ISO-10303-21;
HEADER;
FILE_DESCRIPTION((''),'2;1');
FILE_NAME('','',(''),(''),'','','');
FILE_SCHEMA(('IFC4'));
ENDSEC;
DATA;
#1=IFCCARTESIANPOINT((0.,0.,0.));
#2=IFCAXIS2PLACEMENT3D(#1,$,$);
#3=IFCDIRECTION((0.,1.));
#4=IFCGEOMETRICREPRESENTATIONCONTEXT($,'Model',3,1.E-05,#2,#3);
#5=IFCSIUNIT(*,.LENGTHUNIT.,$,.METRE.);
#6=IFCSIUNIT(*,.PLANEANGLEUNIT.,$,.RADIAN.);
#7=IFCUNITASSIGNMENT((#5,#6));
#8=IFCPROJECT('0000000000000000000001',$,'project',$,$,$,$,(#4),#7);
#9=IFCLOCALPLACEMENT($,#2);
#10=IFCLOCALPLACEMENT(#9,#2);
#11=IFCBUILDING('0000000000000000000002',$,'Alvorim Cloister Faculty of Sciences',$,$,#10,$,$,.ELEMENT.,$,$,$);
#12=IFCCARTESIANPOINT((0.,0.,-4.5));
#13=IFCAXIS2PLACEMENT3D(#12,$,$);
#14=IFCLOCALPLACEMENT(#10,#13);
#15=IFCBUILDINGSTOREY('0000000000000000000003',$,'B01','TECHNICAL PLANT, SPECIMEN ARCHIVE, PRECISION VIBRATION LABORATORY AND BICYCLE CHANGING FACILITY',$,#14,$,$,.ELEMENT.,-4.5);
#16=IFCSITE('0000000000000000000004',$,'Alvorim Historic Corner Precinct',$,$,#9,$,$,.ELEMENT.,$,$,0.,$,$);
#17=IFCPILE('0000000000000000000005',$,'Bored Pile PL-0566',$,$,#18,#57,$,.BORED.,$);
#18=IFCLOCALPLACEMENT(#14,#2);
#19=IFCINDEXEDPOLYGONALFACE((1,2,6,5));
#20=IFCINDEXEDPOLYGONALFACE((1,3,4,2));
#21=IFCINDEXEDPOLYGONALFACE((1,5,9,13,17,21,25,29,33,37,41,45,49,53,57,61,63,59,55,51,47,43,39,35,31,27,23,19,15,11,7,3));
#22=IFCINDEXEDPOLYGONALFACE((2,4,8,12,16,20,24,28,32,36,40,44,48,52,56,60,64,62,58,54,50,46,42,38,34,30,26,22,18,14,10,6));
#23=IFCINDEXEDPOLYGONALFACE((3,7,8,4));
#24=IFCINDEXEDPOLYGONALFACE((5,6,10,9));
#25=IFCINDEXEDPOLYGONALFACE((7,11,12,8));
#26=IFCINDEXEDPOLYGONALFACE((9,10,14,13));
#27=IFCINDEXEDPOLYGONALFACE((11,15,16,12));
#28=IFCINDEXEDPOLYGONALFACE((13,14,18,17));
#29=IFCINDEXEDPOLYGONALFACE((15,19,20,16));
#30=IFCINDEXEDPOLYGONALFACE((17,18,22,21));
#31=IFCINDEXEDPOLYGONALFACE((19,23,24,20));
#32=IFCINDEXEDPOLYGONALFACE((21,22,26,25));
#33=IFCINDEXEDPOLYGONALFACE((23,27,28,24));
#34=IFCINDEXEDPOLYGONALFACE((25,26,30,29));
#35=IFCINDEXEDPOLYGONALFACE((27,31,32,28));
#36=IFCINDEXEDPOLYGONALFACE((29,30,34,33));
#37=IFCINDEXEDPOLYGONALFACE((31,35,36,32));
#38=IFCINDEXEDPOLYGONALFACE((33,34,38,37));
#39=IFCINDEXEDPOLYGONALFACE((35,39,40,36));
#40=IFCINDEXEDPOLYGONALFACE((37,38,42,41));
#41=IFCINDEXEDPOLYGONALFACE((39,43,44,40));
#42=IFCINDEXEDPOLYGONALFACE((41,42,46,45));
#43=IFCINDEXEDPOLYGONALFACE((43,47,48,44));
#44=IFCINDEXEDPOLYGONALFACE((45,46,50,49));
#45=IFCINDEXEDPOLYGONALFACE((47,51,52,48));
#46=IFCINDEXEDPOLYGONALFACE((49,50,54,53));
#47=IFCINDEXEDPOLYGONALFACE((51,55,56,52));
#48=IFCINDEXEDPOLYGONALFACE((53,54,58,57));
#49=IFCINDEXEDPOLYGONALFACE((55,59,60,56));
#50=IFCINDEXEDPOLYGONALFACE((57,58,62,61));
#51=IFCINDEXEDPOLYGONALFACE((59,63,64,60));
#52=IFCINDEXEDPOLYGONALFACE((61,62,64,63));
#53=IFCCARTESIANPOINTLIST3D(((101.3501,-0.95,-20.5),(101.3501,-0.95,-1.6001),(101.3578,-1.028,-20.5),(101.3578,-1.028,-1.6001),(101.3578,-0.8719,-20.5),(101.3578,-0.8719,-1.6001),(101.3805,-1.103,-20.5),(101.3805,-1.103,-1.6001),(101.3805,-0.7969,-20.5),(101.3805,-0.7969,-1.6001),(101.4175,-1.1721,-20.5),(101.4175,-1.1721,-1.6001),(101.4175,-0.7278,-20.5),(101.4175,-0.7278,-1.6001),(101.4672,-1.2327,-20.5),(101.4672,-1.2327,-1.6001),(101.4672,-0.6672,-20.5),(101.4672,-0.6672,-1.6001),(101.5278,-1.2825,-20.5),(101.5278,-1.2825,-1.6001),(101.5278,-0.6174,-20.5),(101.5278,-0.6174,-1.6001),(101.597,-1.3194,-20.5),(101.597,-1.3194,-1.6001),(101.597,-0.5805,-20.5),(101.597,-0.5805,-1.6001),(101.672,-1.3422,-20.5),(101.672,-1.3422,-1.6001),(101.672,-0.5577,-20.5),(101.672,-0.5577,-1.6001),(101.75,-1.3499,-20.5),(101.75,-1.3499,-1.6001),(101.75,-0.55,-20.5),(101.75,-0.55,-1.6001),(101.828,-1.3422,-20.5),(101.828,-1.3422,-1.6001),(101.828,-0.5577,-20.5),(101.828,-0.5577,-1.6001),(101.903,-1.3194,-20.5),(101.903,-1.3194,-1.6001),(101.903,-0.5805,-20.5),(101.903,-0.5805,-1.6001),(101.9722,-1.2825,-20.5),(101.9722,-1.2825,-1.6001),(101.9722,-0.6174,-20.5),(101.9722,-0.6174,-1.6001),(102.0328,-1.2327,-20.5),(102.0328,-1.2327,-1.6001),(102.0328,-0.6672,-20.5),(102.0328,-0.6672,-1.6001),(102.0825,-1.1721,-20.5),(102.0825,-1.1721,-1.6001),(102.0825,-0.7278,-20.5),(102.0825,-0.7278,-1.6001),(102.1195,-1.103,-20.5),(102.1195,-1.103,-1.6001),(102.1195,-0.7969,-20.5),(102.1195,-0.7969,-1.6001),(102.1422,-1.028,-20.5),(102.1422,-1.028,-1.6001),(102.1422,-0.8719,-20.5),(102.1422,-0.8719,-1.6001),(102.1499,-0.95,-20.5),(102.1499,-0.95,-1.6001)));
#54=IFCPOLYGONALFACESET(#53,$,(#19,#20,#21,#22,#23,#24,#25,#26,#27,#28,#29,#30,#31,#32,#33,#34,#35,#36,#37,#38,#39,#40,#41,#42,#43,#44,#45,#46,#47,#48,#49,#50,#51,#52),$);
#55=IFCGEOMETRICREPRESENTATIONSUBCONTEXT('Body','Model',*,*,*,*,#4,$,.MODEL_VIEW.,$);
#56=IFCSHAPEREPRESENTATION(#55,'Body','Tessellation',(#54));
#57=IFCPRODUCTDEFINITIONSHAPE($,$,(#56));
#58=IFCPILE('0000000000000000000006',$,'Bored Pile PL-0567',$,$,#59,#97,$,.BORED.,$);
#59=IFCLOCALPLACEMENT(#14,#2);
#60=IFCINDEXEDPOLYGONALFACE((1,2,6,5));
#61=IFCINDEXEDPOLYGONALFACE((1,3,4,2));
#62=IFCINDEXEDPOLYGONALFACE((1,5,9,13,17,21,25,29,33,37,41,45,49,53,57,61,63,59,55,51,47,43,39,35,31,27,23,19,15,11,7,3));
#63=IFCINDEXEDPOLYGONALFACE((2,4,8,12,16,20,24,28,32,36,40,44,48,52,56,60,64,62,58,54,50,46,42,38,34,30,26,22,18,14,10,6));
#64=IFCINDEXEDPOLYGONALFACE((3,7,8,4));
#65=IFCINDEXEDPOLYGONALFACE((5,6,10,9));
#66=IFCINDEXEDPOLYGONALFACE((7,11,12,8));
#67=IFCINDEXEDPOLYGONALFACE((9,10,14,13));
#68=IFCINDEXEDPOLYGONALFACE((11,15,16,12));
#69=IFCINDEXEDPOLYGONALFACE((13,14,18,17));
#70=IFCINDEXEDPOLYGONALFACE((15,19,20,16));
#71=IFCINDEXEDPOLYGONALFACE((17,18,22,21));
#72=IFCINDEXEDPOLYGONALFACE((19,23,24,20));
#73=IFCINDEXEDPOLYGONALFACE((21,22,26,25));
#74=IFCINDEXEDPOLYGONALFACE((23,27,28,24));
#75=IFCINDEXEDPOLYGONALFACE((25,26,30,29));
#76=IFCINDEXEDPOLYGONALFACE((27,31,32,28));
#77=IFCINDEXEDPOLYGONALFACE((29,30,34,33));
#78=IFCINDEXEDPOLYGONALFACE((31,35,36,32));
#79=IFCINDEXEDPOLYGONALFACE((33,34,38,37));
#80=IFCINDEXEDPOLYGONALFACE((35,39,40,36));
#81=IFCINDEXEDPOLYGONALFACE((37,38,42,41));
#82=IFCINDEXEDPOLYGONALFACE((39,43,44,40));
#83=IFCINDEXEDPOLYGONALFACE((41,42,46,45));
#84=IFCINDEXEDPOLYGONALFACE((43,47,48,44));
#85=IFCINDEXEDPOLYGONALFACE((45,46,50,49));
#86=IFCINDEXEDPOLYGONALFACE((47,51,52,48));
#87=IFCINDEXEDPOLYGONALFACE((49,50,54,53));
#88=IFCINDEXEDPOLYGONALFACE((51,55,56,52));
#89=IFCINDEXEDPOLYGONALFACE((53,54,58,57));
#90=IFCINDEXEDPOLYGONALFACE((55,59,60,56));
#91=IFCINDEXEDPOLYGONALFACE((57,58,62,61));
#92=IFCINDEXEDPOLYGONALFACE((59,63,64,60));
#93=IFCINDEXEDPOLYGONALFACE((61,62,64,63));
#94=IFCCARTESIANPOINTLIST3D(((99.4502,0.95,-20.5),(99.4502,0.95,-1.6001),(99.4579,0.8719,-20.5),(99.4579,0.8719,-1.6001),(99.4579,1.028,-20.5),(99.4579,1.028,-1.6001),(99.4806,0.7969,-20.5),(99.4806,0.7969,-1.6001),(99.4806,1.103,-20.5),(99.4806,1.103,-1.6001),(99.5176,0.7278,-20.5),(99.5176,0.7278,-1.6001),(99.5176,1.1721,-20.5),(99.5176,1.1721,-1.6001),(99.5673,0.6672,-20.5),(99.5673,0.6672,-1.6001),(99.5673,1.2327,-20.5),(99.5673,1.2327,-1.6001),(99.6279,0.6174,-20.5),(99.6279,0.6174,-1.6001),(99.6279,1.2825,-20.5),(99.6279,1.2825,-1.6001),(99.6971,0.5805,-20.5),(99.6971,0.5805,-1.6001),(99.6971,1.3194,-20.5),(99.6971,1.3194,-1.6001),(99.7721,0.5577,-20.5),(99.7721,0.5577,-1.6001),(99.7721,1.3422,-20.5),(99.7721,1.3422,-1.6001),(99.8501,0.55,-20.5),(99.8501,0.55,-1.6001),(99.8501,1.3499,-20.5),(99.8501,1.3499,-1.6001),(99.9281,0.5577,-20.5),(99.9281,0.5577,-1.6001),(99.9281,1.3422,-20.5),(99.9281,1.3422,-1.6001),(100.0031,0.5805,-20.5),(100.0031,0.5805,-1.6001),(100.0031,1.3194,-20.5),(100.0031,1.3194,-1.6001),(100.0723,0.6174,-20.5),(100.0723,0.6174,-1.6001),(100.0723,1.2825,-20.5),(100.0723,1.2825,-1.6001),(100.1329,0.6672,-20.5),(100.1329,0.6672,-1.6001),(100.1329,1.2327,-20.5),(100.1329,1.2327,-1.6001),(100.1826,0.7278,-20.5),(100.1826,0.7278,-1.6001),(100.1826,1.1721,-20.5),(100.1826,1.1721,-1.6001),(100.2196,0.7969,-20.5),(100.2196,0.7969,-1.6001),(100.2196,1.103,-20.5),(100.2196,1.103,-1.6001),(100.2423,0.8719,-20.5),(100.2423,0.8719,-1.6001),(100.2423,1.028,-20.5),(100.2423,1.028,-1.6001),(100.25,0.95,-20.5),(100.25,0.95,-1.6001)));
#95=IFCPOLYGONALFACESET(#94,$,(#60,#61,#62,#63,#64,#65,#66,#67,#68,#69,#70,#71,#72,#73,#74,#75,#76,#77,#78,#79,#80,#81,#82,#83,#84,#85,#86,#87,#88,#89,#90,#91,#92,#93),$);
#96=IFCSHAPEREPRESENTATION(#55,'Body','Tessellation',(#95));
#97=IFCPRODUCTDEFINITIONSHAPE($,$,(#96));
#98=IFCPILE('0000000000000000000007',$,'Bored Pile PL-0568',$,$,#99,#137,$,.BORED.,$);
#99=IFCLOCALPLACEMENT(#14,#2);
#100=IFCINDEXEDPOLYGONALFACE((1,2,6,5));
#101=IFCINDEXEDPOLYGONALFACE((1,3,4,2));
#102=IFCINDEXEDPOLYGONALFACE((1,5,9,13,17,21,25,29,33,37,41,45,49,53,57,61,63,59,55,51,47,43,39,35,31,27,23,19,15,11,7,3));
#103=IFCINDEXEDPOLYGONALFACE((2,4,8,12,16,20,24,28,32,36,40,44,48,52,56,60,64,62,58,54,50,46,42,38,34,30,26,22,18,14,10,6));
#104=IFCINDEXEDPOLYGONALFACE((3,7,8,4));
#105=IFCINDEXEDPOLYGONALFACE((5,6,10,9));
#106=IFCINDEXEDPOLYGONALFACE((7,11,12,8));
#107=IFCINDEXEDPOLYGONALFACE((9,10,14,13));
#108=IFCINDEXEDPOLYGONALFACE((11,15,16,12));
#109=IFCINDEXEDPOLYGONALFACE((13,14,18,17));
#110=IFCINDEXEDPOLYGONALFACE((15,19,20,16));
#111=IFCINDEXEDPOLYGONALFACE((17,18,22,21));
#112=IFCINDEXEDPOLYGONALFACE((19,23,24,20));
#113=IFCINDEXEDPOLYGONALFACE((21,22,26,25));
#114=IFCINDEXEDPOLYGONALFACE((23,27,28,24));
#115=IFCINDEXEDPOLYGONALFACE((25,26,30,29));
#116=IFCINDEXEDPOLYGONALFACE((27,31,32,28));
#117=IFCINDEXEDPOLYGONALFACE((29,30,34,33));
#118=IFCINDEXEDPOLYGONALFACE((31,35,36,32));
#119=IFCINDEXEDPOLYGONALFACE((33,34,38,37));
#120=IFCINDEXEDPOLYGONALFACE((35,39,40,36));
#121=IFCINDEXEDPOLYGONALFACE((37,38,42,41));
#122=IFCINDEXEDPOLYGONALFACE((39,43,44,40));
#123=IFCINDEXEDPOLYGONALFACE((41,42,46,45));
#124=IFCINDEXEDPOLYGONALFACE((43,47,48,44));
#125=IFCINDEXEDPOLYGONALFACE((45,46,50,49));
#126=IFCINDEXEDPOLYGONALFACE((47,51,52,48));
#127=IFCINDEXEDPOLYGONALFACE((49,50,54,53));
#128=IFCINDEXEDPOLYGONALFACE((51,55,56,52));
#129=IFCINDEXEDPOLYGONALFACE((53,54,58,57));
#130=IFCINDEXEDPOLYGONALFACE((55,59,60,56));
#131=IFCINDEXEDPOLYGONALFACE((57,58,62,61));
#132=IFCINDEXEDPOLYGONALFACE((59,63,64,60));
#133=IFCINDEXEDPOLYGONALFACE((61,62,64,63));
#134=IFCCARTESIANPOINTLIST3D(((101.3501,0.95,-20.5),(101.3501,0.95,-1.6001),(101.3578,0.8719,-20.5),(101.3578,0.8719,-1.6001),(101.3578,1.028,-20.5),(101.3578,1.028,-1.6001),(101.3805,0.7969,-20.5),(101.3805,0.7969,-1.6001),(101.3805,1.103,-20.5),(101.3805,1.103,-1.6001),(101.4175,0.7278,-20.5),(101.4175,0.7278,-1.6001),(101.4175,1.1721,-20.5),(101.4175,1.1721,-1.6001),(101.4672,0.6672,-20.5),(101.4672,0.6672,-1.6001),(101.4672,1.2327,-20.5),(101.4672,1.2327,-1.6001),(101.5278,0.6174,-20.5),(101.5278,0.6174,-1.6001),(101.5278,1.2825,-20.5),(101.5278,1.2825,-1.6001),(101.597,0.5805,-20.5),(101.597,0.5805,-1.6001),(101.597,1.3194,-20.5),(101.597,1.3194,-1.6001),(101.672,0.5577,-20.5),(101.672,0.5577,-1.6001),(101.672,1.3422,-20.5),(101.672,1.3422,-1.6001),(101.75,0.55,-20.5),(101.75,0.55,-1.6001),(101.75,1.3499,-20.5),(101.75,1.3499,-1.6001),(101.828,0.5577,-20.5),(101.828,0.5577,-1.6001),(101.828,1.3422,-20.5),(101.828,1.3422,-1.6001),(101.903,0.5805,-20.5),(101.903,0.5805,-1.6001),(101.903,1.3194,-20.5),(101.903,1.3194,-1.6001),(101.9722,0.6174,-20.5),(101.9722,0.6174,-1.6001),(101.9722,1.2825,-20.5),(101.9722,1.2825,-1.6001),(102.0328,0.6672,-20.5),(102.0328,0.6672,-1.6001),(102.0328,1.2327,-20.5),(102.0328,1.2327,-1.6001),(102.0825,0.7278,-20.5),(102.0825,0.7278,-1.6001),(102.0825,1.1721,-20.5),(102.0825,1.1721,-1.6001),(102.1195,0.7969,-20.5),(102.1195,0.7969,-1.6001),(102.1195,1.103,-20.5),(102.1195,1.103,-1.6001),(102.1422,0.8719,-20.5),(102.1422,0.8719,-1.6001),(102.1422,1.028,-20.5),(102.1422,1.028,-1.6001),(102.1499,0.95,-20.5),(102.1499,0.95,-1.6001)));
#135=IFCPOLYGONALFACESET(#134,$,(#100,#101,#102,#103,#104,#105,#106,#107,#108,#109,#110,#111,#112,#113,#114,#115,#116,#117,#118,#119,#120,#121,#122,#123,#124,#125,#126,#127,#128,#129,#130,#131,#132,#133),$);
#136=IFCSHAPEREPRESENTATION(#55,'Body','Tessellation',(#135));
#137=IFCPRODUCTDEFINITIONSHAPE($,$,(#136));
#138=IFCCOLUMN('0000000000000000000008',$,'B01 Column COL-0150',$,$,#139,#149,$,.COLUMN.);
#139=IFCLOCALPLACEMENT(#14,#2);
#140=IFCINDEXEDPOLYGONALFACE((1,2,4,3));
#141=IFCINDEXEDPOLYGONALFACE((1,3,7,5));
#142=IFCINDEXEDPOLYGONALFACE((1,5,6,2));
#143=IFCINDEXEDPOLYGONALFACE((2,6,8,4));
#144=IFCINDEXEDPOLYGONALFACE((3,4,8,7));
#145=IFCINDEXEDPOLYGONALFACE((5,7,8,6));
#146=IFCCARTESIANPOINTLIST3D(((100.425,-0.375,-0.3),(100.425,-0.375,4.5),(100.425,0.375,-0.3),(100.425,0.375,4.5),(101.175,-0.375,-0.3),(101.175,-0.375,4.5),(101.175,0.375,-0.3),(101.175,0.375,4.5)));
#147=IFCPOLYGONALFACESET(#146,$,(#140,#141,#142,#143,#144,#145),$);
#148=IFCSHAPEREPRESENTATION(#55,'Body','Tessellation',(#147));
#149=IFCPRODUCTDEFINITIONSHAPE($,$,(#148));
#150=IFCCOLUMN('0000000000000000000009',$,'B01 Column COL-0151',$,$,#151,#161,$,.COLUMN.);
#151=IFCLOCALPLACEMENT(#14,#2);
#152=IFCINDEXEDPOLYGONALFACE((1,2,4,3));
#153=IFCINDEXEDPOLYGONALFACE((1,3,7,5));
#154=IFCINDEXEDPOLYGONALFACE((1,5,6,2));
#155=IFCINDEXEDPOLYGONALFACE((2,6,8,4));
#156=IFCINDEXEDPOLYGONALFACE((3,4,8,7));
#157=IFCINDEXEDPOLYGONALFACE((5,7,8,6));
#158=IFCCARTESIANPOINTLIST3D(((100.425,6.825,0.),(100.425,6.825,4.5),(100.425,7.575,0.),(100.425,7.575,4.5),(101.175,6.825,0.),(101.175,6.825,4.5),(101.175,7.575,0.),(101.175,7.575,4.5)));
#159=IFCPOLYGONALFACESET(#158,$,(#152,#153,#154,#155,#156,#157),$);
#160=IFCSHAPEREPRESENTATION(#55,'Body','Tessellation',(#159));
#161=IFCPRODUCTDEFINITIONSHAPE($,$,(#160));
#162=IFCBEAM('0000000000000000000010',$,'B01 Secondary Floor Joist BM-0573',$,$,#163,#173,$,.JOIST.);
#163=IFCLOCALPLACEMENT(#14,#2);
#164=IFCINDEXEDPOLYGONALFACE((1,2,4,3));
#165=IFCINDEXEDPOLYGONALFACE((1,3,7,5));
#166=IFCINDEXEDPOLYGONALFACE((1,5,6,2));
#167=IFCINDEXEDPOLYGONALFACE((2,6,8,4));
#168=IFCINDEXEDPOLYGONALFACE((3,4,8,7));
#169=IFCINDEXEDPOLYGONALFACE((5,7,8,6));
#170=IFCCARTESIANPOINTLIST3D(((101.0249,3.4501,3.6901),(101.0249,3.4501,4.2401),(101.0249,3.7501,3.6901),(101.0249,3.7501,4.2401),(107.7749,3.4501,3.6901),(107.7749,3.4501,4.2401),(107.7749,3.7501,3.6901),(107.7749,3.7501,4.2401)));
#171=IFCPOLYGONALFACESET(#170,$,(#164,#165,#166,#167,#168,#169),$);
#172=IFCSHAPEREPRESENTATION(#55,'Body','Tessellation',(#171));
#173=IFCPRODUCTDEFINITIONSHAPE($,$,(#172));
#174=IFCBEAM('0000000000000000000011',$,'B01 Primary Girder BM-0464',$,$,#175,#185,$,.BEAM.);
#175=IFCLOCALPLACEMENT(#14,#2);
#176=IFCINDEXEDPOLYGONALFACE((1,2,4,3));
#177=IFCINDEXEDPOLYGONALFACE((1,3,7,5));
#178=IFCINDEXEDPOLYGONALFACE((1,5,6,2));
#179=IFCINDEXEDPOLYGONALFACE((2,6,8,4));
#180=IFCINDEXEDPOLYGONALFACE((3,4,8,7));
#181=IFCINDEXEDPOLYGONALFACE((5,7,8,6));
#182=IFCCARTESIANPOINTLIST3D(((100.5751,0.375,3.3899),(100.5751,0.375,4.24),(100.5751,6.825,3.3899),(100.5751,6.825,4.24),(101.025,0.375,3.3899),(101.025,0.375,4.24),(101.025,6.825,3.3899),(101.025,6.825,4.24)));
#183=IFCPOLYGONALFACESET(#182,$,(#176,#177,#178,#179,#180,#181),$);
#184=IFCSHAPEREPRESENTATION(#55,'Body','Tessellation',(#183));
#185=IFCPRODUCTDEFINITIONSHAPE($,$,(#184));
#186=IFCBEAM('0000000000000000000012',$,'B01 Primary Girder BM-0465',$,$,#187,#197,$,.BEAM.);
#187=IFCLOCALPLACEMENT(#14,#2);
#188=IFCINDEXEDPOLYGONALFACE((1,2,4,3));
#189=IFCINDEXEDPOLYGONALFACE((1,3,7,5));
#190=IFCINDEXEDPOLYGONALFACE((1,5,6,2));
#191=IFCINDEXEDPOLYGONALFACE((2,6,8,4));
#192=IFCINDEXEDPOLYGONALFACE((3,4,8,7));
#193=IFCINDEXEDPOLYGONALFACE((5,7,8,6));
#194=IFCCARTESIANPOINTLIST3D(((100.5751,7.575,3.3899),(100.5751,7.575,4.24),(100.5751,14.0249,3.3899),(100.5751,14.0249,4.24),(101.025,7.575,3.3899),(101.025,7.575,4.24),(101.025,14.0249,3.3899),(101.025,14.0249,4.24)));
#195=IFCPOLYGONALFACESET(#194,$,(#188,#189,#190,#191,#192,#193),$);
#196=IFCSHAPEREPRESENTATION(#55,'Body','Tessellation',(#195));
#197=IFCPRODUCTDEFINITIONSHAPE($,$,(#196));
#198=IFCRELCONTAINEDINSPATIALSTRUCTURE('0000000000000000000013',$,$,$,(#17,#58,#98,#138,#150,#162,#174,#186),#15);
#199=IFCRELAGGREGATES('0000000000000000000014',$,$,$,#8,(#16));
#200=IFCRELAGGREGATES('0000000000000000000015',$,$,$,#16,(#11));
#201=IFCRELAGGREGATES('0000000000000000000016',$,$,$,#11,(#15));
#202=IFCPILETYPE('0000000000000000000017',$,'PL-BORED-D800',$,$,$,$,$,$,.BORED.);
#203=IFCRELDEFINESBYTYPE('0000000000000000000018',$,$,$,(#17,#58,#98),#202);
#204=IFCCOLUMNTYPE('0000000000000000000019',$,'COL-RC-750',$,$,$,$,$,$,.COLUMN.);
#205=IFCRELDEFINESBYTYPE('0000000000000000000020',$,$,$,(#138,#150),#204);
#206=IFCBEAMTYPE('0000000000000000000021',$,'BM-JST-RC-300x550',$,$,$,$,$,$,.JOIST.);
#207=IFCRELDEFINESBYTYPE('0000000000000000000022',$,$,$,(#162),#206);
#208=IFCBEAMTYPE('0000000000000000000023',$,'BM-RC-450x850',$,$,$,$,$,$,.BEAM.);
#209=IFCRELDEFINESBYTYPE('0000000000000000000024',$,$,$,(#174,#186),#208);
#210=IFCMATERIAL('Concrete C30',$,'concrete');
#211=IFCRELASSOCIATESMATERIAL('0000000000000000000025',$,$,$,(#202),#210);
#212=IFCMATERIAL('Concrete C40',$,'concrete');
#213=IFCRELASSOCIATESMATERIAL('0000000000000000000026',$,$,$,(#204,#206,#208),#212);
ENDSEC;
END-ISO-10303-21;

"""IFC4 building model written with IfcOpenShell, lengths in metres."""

from ifc_helpers import new_model, si_unit, direction, frame, origin, origin_2d, place, context, subcontext, project, spatial, rectangle, circle, extrude, material, material_profile, profile_set, type_object, element, save


model = new_model("IFC4")

# Units and contexts
model_context = context("Model", 3, precision=1e-05, world=origin(), true_north=direction((0.0, 1.0)))
body_context = subcontext(model_context, "Body", "Model", "MODEL_VIEW")
ifc_project = project(units=[si_unit("LENGTHUNIT", "METRE"), si_unit("PLANEANGLEUNIT", "RADIAN")], contexts=[model_context])

# Site, building, storey
site_placement = place(None, origin())
site = spatial("IfcSite", under=ifc_project, at=site_placement, Name="Alvorim Historic Corner Precinct", CompositionType="ELEMENT", RefElevation=0.0)
building_placement = place(site_placement, origin())
building = spatial("IfcBuilding", under=site, at=building_placement, Name="Alvorim Cloister Faculty of Sciences", CompositionType="ELEMENT")
storey_placement = place(building_placement, frame((0.0, 0.0, -4.5)))
storey = spatial("IfcBuildingStorey", under=building, at=storey_placement, Name="B01", Description="TECHNICAL PLANT, SPECIMEN ARCHIVE, PRECISION VIBRATION LABORATORY AND BICYCLE CHANGING FACILITY", CompositionType="ELEMENT", Elevation=-4.5)

# Shared definitions
ifc_material_1 = material(Name="Concrete C40", Category="concrete")

# Piles
ifc_material_2 = material(Name="Concrete C30", Category="concrete")
ifc_material_profile_1 = material_profile(ifc_material_2, circle(Radius=0.3999, at=origin_2d()), Name="PILE-D800")
ifc_profile_set_1 = profile_set([ifc_material_profile_1], Name="Concrete C30")
pile_type_1 = type_object("IfcPileType", Name="PL-BORED-D800", PredefinedType="BORED", material=ifc_profile_set_1)
for number, where, z_axis, x_axis, name in (
    (1, (101.75, -0.95, -1.6001), (0.0, 0.0, -1.0), (1.0, 0.0, 0.0), "Bored Pile PL-0566"),
    (2, (99.8501, 0.95, -1.6001), (0.0, 0.0, -1.0), (1.0, 0.0, 0.0), "Bored Pile PL-0567"),
    (3, (101.75, 0.95, -1.6001), (0.0, 0.0, -1.0), (1.0, 0.0, 0.0), "Bored Pile PL-0568"),
):
    element("IfcPile", number, at=place(storey_placement, frame(where, z_axis=z_axis, x_axis=x_axis)), inside=storey, type_object=pile_type_1, Name=name, PredefinedType="BORED", context=body_context, shape_type="SweptSolid", body=[
        extrude(circle(Radius=0.3999, at=origin_2d()), origin(), (0.0, 0.0, 1.0), 18.8999),
    ])

# Columns
ifc_material_profile_2 = material_profile(ifc_material_1, rectangle(XDim=0.75, YDim=0.75, at=origin_2d()), Name="RC40-COL-750x750")
ifc_profile_set_2 = profile_set([ifc_material_profile_2], Name="Concrete C40")
column_type = type_object("IfcColumnType", Name="COL-RC-750", PredefinedType="COLUMN", material=ifc_profile_set_2)
column_1_placement = place(storey_placement, frame((100.8, 0.0, -0.3), z_axis=(0.0, 0.0, 1.0), x_axis=(1.0, 0.0, 0.0)))
element("IfcColumn", 4, at=column_1_placement, inside=storey, type_object=column_type, Name="B01 Column COL-0150", PredefinedType="COLUMN", context=body_context, shape_type="SweptSolid", body=[
    extrude(rectangle(XDim=0.75, YDim=0.75, at=origin_2d()), origin(), (0.0, 0.0, 1.0), 4.8),
])
column_2_placement = place(storey_placement, frame((100.8, 7.2, 0.0), z_axis=(0.0, 0.0, 1.0), x_axis=(1.0, 0.0, 0.0)))
element("IfcColumn", 5, at=column_2_placement, inside=storey, type_object=column_type, Name="B01 Column COL-0151", PredefinedType="COLUMN", context=body_context, shape_type="SweptSolid", body=[
    extrude(rectangle(XDim=0.75, YDim=0.75, at=origin_2d()), origin(), (0.0, 0.0, 1.0), 4.5),
])

# Beams
ifc_material_profile_3 = material_profile(ifc_material_1, rectangle(XDim=0.3, YDim=0.55, at=origin_2d()), Name="RC40-JST-300x550")
ifc_profile_set_3 = profile_set([ifc_material_profile_3], Name="Concrete C40")
beam_type_1 = type_object("IfcBeamType", Name="BM-JST-RC-300x550", PredefinedType="JOIST", material=ifc_profile_set_3)
beam_placement = place(storey_placement, frame((101.0249, 3.6001, 3.9651), z_axis=(1.0, 0.0, 0.0), x_axis=(0.0, 1.0, 0.0)))
element("IfcBeam", 6, at=beam_placement, inside=storey, type_object=beam_type_1, Name="B01 Secondary Floor Joist BM-0573", PredefinedType="JOIST", context=body_context, shape_type="SweptSolid", body=[
    extrude(rectangle(XDim=0.3, YDim=0.55, at=origin_2d()), origin(), (0.0, 0.0, 1.0), 6.75),
])
ifc_material_profile_4 = material_profile(ifc_material_1, rectangle(XDim=0.45, YDim=0.8501, at=origin_2d()), Name="RC40-BM-450x850")
ifc_profile_set_4 = profile_set([ifc_material_profile_4], Name="Concrete C40")
beam_type_2 = type_object("IfcBeamType", Name="BM-RC-450x850", PredefinedType="BEAM", material=ifc_profile_set_4)
for number, where, z_axis, x_axis, name in (
    (7, (100.8, 0.375, 3.8149), (0.0, 1.0, 0.0), (-1.0, 0.0, 0.0), "B01 Primary Girder BM-0464"),
    (8, (100.8, 7.575, 3.8149), (0.0, 1.0, 0.0), (-1.0, 0.0, 0.0), "B01 Primary Girder BM-0465"),
):
    element("IfcBeam", number, at=place(storey_placement, frame(where, z_axis=z_axis, x_axis=x_axis)), inside=storey, type_object=beam_type_2, Name=name, PredefinedType="BEAM", context=body_context, shape_type="SweptSolid", body=[
        extrude(rectangle(XDim=0.45, YDim=0.8501, at=origin_2d()), origin(), (0.0, 0.0, 1.0), 6.45),
    ])

save(model, "model.ifc")
